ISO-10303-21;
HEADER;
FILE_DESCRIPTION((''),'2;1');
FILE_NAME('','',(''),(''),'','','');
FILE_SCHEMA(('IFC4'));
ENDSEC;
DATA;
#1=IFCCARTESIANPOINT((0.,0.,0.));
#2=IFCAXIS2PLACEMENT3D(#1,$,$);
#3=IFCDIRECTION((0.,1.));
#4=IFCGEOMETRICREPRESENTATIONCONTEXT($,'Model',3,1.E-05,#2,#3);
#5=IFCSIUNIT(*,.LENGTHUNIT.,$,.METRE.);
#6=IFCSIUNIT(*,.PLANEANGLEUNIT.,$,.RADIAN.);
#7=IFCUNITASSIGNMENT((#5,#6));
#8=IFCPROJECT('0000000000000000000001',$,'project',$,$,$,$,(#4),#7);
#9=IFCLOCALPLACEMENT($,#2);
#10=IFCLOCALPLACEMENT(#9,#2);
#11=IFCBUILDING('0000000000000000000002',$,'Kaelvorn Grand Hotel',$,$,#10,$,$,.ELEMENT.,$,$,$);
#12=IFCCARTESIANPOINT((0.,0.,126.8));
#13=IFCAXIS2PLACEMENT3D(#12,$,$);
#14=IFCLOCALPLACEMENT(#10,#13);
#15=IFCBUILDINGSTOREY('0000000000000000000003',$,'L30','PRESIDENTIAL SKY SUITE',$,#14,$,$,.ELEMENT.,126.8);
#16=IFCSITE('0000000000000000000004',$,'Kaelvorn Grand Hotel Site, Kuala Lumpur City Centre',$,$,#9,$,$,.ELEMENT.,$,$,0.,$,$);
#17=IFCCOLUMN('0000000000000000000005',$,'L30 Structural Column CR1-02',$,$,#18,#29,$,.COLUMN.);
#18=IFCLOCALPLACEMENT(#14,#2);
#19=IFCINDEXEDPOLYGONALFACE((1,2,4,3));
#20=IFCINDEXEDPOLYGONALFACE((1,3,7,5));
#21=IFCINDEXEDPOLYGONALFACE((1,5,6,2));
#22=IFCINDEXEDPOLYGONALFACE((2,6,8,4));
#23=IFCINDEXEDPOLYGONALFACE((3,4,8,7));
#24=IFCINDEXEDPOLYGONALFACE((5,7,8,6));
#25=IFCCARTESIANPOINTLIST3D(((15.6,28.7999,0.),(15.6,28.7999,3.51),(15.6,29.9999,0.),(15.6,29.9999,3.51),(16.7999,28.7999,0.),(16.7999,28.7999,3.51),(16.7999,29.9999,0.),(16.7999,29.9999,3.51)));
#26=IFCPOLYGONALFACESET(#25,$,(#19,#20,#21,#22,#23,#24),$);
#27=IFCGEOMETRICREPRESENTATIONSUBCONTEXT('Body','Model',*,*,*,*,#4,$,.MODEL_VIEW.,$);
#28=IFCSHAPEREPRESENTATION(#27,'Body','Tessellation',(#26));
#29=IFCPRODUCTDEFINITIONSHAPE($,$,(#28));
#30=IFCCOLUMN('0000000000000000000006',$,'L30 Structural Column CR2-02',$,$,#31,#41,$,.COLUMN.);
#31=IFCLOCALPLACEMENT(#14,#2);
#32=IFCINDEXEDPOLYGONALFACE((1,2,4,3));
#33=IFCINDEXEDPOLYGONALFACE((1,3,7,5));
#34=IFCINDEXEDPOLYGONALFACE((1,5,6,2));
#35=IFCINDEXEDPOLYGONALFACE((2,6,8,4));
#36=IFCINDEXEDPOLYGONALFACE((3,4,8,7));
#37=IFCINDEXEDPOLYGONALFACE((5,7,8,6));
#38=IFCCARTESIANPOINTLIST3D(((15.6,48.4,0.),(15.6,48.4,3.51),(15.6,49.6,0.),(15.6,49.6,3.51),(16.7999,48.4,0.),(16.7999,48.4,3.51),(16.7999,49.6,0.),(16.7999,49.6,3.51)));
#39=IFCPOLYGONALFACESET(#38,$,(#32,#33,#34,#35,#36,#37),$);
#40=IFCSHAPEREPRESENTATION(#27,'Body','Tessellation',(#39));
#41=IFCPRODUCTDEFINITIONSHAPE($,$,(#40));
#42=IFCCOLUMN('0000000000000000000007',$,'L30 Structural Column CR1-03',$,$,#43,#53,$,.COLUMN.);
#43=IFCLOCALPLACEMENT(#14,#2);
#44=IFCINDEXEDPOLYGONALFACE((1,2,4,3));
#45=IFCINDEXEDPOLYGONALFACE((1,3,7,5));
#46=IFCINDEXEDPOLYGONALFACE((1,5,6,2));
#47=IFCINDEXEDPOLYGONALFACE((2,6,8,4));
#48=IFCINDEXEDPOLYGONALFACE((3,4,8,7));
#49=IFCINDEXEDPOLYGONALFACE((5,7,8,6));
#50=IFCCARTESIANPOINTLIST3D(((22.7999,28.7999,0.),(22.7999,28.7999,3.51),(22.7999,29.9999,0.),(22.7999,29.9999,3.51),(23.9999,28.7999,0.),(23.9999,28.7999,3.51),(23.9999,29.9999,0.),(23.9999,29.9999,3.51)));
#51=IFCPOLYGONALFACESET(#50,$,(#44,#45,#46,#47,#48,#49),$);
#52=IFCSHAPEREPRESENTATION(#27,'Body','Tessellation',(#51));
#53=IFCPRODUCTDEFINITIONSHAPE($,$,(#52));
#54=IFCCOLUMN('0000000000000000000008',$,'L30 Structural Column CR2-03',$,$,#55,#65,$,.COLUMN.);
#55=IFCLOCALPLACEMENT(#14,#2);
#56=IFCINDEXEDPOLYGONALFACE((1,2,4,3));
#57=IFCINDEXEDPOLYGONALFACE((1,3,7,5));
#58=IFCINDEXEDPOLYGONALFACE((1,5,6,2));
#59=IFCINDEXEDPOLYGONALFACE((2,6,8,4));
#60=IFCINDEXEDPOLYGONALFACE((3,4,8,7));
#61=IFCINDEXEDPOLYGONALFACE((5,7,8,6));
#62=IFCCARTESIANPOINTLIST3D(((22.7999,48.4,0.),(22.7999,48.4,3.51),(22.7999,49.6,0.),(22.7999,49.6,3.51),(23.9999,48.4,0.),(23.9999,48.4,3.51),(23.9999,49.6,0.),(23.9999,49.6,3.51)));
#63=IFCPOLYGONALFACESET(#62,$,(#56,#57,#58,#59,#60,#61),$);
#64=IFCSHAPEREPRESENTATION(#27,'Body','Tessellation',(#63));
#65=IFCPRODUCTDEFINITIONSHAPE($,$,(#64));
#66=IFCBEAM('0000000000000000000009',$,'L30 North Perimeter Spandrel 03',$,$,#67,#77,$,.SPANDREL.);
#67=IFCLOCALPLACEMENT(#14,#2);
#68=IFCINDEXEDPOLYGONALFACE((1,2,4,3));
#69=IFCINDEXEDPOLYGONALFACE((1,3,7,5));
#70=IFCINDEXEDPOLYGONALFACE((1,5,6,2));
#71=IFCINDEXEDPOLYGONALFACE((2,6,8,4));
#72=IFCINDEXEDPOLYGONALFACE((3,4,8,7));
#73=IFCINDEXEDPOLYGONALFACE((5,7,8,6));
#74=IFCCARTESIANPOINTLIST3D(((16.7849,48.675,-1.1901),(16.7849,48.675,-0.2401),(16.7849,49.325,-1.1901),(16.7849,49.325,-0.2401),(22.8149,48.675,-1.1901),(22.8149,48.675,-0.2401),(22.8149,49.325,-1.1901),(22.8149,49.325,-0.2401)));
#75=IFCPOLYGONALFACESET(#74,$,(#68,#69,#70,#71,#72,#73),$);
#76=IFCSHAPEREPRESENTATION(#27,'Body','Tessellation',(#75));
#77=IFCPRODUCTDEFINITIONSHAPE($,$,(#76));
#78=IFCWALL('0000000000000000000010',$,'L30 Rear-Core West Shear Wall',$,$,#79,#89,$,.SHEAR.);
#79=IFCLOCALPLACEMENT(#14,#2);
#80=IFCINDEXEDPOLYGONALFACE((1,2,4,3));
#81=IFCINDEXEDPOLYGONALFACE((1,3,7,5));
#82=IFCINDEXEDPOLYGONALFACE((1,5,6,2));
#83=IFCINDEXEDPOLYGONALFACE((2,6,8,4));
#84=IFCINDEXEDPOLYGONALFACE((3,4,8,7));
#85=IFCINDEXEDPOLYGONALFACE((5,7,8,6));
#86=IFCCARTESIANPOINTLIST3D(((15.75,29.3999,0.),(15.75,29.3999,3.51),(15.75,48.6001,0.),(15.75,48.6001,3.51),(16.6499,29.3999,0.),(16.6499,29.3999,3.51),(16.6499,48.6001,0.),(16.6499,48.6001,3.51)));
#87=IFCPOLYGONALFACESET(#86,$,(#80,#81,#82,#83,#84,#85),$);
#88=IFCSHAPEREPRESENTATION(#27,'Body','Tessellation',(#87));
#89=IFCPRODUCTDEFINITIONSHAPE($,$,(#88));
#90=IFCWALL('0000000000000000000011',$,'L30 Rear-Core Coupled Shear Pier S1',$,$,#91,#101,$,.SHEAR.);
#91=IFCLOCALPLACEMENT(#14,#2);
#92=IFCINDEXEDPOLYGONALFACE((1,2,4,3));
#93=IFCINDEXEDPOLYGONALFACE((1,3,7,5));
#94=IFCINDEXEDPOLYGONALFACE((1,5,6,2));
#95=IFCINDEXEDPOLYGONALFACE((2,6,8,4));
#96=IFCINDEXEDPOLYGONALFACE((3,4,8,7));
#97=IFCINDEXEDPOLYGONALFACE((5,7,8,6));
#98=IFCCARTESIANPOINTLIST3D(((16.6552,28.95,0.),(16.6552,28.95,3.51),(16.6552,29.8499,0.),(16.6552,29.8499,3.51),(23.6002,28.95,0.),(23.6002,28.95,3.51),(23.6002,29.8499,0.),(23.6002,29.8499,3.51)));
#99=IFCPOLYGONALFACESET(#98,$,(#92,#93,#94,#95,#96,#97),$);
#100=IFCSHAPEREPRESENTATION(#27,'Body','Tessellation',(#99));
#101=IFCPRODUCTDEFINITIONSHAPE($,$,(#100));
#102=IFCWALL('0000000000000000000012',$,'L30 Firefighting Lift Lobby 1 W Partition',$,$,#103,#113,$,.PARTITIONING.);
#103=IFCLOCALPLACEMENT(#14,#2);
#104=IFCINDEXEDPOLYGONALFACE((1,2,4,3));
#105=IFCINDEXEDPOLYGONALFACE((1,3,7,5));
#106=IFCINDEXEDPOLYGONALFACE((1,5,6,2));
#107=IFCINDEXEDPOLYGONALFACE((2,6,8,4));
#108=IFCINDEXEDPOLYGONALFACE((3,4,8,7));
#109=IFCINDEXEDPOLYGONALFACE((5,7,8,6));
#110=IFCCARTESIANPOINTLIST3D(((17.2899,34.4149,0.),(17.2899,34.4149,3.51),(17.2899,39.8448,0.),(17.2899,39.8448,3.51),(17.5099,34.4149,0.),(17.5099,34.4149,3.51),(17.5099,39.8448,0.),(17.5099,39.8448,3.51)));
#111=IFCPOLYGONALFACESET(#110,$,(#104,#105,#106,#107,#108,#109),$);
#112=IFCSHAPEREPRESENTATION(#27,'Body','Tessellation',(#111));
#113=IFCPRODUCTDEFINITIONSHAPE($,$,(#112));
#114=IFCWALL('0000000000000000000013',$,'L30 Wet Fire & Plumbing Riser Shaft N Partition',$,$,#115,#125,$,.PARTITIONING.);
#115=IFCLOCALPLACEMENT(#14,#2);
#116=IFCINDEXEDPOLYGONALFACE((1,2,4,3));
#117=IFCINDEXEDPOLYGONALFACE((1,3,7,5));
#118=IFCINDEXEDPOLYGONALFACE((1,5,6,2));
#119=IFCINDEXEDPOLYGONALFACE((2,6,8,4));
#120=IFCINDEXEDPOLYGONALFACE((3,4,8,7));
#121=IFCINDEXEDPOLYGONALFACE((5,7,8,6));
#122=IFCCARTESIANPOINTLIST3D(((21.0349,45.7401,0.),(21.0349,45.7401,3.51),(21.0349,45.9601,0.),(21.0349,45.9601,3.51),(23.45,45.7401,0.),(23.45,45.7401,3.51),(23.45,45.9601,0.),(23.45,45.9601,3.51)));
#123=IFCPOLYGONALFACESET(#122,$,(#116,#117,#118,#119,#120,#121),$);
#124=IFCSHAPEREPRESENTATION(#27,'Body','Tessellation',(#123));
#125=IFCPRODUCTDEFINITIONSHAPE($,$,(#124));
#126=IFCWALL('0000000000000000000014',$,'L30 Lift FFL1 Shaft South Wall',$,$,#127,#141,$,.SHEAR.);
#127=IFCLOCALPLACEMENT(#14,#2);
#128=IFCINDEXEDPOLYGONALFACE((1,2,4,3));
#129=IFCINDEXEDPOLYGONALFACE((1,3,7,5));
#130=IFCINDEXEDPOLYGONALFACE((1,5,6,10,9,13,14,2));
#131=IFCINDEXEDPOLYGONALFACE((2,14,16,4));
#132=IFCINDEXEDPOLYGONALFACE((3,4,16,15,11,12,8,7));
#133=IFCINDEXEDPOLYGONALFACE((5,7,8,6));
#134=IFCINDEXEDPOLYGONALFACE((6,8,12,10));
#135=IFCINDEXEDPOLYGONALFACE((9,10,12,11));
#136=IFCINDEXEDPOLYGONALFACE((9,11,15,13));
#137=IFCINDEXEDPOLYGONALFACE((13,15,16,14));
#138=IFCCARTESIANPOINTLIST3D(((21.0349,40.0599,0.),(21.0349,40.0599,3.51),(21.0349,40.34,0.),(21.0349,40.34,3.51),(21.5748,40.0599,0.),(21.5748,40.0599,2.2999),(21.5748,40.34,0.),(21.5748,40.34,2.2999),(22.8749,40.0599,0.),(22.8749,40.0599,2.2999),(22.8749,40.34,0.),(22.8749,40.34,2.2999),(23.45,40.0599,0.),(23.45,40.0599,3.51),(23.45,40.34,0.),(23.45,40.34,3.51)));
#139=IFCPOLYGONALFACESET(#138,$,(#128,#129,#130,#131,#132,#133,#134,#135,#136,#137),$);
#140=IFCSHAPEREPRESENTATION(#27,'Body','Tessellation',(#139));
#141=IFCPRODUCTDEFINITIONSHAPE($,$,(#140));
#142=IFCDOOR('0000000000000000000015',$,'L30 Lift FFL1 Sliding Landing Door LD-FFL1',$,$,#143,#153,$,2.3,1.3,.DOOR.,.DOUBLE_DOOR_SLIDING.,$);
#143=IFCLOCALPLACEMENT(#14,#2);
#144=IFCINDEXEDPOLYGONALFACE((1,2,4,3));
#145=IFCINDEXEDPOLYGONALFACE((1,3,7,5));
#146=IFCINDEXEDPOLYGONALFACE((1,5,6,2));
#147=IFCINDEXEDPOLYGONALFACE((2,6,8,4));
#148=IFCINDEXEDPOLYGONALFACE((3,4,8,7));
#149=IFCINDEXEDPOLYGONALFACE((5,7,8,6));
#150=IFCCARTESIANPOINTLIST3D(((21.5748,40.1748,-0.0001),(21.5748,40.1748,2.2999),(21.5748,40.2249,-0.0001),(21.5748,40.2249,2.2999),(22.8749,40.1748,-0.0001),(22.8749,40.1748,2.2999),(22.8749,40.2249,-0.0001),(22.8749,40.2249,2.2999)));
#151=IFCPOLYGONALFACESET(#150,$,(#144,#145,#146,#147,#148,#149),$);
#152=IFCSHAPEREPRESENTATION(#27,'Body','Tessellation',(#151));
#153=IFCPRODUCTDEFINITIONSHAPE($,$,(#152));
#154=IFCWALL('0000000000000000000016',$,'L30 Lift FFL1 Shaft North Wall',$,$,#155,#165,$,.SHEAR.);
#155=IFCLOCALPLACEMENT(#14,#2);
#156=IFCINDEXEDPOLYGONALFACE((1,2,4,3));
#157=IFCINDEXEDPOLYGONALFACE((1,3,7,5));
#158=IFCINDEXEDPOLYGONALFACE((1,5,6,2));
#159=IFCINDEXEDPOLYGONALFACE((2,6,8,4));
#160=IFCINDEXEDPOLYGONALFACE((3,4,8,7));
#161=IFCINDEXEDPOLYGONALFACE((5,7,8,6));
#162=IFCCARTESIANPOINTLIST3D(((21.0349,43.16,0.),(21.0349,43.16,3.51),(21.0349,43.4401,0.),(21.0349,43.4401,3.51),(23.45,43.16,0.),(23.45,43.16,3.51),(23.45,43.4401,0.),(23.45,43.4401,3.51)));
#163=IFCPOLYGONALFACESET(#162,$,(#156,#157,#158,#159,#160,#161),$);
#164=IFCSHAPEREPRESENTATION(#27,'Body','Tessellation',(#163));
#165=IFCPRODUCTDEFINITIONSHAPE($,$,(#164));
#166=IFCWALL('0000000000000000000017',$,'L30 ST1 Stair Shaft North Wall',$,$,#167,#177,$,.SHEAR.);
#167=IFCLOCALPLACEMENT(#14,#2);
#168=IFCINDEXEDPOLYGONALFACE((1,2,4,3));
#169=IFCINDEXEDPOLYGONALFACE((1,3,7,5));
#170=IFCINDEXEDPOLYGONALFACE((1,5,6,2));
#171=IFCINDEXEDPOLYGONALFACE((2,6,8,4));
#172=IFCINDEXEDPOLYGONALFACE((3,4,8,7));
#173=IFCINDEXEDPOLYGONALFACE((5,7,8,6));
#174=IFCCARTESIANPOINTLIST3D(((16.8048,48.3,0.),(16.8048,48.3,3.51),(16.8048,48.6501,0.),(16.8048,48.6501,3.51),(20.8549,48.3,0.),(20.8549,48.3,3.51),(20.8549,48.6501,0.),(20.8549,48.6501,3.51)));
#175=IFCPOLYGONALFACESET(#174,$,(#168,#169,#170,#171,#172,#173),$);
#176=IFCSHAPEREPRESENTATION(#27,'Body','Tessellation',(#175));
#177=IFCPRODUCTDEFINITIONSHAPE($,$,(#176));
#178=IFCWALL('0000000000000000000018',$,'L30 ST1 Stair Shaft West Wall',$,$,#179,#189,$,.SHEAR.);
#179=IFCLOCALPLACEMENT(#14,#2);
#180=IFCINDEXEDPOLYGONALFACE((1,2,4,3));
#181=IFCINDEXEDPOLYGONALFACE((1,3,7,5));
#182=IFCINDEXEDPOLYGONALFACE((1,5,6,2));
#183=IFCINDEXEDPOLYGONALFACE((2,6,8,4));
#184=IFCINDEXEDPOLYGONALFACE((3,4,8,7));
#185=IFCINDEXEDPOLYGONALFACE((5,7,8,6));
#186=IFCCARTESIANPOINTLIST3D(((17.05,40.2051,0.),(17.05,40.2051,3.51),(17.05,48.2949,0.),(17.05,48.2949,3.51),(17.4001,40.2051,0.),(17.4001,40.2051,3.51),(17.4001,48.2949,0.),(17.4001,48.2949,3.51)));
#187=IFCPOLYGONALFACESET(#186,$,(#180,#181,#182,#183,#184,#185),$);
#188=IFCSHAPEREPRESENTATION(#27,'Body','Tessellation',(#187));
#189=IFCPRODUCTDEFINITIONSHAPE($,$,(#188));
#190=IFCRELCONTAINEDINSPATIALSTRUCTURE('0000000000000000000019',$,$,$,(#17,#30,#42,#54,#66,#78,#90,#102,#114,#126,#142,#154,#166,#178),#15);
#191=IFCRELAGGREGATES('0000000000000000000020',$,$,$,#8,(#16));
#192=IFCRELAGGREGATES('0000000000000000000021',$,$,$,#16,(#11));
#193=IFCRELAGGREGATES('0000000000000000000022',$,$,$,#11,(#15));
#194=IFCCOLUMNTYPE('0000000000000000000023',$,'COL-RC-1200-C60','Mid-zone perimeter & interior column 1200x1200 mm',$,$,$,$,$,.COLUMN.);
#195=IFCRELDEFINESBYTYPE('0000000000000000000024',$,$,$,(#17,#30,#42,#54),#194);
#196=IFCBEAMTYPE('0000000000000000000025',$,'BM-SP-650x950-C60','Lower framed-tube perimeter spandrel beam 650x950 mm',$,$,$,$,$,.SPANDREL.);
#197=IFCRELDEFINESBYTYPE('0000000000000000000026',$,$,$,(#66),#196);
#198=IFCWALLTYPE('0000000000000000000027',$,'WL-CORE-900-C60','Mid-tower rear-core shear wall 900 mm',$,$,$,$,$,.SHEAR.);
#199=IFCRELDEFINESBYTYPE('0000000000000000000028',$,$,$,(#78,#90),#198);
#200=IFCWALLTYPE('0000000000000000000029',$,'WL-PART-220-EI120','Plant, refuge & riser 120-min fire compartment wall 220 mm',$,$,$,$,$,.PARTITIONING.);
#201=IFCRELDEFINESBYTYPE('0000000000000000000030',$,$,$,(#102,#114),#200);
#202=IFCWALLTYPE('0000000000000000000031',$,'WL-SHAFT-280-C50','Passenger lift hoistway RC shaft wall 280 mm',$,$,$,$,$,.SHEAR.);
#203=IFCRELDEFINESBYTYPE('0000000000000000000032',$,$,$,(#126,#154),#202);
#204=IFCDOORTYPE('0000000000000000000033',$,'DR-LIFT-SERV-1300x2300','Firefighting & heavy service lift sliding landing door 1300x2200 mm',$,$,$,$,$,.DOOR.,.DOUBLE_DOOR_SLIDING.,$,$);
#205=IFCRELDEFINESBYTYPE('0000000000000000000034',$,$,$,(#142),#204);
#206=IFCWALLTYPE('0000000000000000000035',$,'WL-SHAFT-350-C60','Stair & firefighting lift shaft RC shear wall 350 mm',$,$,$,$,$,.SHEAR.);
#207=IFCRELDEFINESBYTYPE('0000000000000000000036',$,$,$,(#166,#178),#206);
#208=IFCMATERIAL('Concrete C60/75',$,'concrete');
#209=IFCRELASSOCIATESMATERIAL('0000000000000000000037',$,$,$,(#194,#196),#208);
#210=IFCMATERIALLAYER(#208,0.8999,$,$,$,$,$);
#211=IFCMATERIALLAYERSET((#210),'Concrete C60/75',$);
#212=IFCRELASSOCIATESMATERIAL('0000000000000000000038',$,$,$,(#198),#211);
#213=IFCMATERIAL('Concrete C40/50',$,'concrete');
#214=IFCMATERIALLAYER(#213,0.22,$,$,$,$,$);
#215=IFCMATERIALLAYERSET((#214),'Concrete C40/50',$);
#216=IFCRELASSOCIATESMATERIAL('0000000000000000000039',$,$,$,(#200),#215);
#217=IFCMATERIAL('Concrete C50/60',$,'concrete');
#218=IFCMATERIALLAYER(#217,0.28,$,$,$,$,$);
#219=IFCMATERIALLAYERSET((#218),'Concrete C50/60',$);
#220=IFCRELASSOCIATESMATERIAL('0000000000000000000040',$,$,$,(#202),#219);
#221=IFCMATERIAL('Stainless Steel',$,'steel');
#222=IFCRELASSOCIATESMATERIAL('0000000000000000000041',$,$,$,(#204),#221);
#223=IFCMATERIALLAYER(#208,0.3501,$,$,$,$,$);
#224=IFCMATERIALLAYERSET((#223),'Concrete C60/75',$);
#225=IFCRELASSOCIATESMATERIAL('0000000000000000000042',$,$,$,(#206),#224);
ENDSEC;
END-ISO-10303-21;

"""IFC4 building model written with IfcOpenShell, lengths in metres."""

from ifc_helpers import new_model, si_unit, direction, frame, frame_2d, origin, origin_2d, place, context, subcontext, project, spatial, rectangle, extrude, material, layer, layer_set, material_profile, profile_set, type_object, element, fill, save


model = new_model("IFC4")

# Units and contexts
model_context = context("Model", 3, precision=1e-05, world=origin(), true_north=direction((0.0, 1.0)))
body_context = subcontext(model_context, "Body", "Model", "MODEL_VIEW")
ifc_project = project(units=[si_unit("LENGTHUNIT", "METRE"), si_unit("PLANEANGLEUNIT", "RADIAN")], contexts=[model_context])

# Site, building, storey
site_placement = place(None, origin())
site = spatial("IfcSite", under=ifc_project, at=site_placement, Name="Kaelvorn Grand Hotel Site, Kuala Lumpur City Centre", CompositionType="ELEMENT", RefElevation=0.0)
building_placement = place(site_placement, origin())
building = spatial("IfcBuilding", under=site, at=building_placement, Name="Kaelvorn Grand Hotel", CompositionType="ELEMENT")
storey_placement = place(building_placement, frame((0.0, 0.0, 126.8)))
storey = spatial("IfcBuildingStorey", under=building, at=storey_placement, Name="L30", Description="PRESIDENTIAL SKY SUITE", CompositionType="ELEMENT", Elevation=126.8)

# Columns
ifc_material_1 = material(Name="Concrete C60/75", Category="concrete")
ifc_material_profile_1 = material_profile(ifc_material_1, rectangle(XDim=1.2, YDim=1.2, at=origin_2d()), Name="RC COL 1200x1200")
ifc_profile_set_1 = profile_set([ifc_material_profile_1], Name="Concrete C60/75")
column_type = type_object("IfcColumnType", Name="COL-RC-1200-C60", Description="Mid-zone perimeter & interior column 1200x1200 mm", PredefinedType="COLUMN", material=ifc_profile_set_1)
for number, where, z_axis, x_axis, name in (
    (1, (16.2, 29.3999, 0.0), (0.0, 0.0, 1.0), (1.0, 0.0, 0.0), "L30 Structural Column CR1-02"),
    (2, (16.2, 49.0, 0.0), (0.0, 0.0, 1.0), (1.0, 0.0, 0.0), "L30 Structural Column CR2-02"),
    (3, (23.3999, 29.3999, 0.0), (0.0, 0.0, 1.0), (1.0, 0.0, 0.0), "L30 Structural Column CR1-03"),
    (4, (23.3999, 49.0, 0.0), (0.0, 0.0, 1.0), (1.0, 0.0, 0.0), "L30 Structural Column CR2-03"),
):
    element("IfcColumn", number, at=place(storey_placement, frame(where, z_axis=z_axis, x_axis=x_axis)), inside=storey, type_object=column_type, Name=name, PredefinedType="COLUMN", context=body_context, shape_type="SweptSolid", body=[
        extrude(rectangle(XDim=1.2, YDim=1.2, at=origin_2d()), origin(), (0.0, 0.0, 1.0), 3.51),
    ])

# Beam
ifc_material_profile_2 = material_profile(ifc_material_1, rectangle(XDim=0.6499, YDim=0.95, at=origin_2d()), Name="RC SPANDREL 650x950")
ifc_profile_set_2 = profile_set([ifc_material_profile_2], Name="Concrete C60/75")
beam_type = type_object("IfcBeamType", Name="BM-SP-650x950-C60", Description="Lower framed-tube perimeter spandrel beam 650x950 mm", PredefinedType="SPANDREL", material=ifc_profile_set_2)
beam_placement = place(storey_placement, frame((16.7849, 49.0, -0.7151), z_axis=(1.0, 0.0, 0.0), x_axis=(0.0, 1.0, 0.0)))
element("IfcBeam", 5, at=beam_placement, inside=storey, type_object=beam_type, Name="L30 North Perimeter Spandrel 03", PredefinedType="SPANDREL", context=body_context, shape_type="SweptSolid", body=[
    extrude(rectangle(XDim=0.6499, YDim=0.95, at=origin_2d()), origin(), (0.0, 0.0, 1.0), 6.03),
])

# Walls
ifc_layer_1 = layer(ifc_material_1, 0.8999)
ifc_layer_set_1 = layer_set([ifc_layer_1], Name="Concrete C60/75")
wall_type_1 = type_object("IfcWallType", Name="WL-CORE-900-C60", Description="Mid-tower rear-core shear wall 900 mm", PredefinedType="SHEAR", material=ifc_layer_set_1)
wall_1_placement = place(storey_placement, frame((16.2, 29.3999, 0.0), z_axis=(0.0, 0.0, 1.0), x_axis=(0.0, 1.0, 0.0)))
element("IfcWall", 6, at=wall_1_placement, inside=storey, type_object=wall_type_1, Name="L30 Rear-Core West Shear Wall", PredefinedType="SHEAR", context=body_context, shape_type="SweptSolid", body=[
    extrude(rectangle(XDim=19.2002, YDim=0.8999, at=frame_2d((9.6001, 0.0))), origin(), (0.0, 0.0, 1.0), 3.51),
])
wall_2_placement = place(storey_placement, frame((16.655, 29.3999, 0.0), z_axis=(0.0, 0.0, 1.0), x_axis=(1.0, 0.0, 0.0)))
element("IfcWall", 7, at=wall_2_placement, inside=storey, type_object=wall_type_1, Name="L30 Rear-Core Coupled Shear Pier S1", PredefinedType="SHEAR", context=body_context, shape_type="SweptSolid", body=[
    extrude(rectangle(XDim=6.9451, YDim=0.8999, at=frame_2d((3.4727, 0.0))), origin(), (0.0, 0.0, 1.0), 3.51),
])

# Shared definitions
ifc_material_2 = material(Name="Concrete C40/50", Category="concrete")
ifc_layer_2 = layer(ifc_material_2, 0.22)
ifc_layer_set_2 = layer_set([ifc_layer_2], Name="Concrete C40/50")
wall_type_2 = type_object("IfcWallType", Name="WL-PART-220-EI120", Description="Plant, refuge & riser 120-min fire compartment wall 220 mm", PredefinedType="PARTITIONING", material=ifc_layer_set_2)

# Walls
wall_3_placement = place(storey_placement, frame((17.3999, 34.415, 0.0), z_axis=(0.0, 0.0, 1.0), x_axis=(0.0, 1.0, 0.0)))
element("IfcWall", 8, at=wall_3_placement, inside=storey, type_object=wall_type_2, Name="L30 Firefighting Lift Lobby 1 W Partition", PredefinedType="PARTITIONING", context=body_context, shape_type="SweptSolid", body=[
    extrude(rectangle(XDim=5.4299, YDim=0.22, at=frame_2d((2.7148, 0.0))), origin(), (0.0, 0.0, 1.0), 3.51),
])
wall_4_placement = place(storey_placement, frame((21.0349, 45.8501, 0.0), z_axis=(0.0, 0.0, 1.0), x_axis=(1.0, 0.0, 0.0)))
element("IfcWall", 9, at=wall_4_placement, inside=storey, type_object=wall_type_2, Name="L30 Wet Fire & Plumbing Riser Shaft N Partition", PredefinedType="PARTITIONING", context=body_context, shape_type="SweptSolid", body=[
    extrude(rectangle(XDim=2.415, YDim=0.22, at=frame_2d((1.2075, 0.0))), origin(), (0.0, 0.0, 1.0), 3.51),
])

# Wall, opening, door
ifc_material_3 = material(Name="Concrete C50/60", Category="concrete")
ifc_layer_3 = layer(ifc_material_3, 0.28)
ifc_layer_set_3 = layer_set([ifc_layer_3], Name="Concrete C50/60")
wall_type_3 = type_object("IfcWallType", Name="WL-SHAFT-280-C50", Description="Passenger lift hoistway RC shaft wall 280 mm", PredefinedType="SHEAR", material=ifc_layer_set_3)
wall_5_placement = place(storey_placement, frame((21.0349, 40.2, 0.0), z_axis=(0.0, 0.0, 1.0), x_axis=(1.0, 0.0, 0.0)))
wall_5 = element("IfcWall", 10, at=wall_5_placement, inside=storey, type_object=wall_type_3, Name="L30 Lift FFL1 Shaft South Wall", PredefinedType="SHEAR", context=body_context, shape_type="SweptSolid", body=[
    extrude(rectangle(XDim=2.415, YDim=0.28, at=frame_2d((1.2075, 0.0))), origin(), (0.0, 0.0, 1.0), 3.51),
])
opening_1_placement = place(wall_5_placement, frame((0.54, 0.0, 0.0)))
opening_1 = element("IfcOpeningElement", 11, at=opening_1_placement, cuts=wall_5, PredefinedType="OPENING", context=body_context, shape_type="SweptSolid", body=[
    extrude(rectangle(XDim=1.3, YDim=2.3, at=frame_2d((0.6499, 1.1499))), frame((0.0, 0.1499, 0.0), z_axis=(0.0, -1.0, 0.0), x_axis=(1.0, 0.0, 0.0)), (0.0, 0.0, 1.0), 0.3),
])
ifc_material_4 = material(Name="Stainless Steel", Category="steel")
door_type_1 = type_object("IfcDoorType", Name="DR-LIFT-SERV-1300x2300", Description="Firefighting & heavy service lift sliding landing door 1300x2200 mm", OperationType="DOUBLE_DOOR_SLIDING", PredefinedType="DOOR", material=ifc_material_4)
door_1_placement = place(opening_1_placement, origin())
door_1 = element("IfcDoor", 12, at=door_1_placement, inside=storey, type_object=door_type_1, Name="L30 Lift FFL1 Sliding Landing Door LD-FFL1", OperationType="DOUBLE_DOOR_SLIDING", OverallHeight=2.3, OverallWidth=1.3, PredefinedType="DOOR", context=body_context, shape_type="SweptSolid", body=[
    extrude(rectangle(XDim=1.3, YDim=2.3, at=frame_2d((0.6499, 1.1499))), frame((0.0, 0.0249, 0.0), z_axis=(0.0, -1.0, 0.0), x_axis=(1.0, 0.0, 0.0)), (0.0, 0.0, 1.0), 0.05),
])
fill(opening_1, door_1)

# Wall
wall_6_placement = place(storey_placement, frame((21.0349, 43.3, 0.0), z_axis=(0.0, 0.0, 1.0), x_axis=(1.0, 0.0, 0.0)))
element("IfcWall", 13, at=wall_6_placement, inside=storey, type_object=wall_type_3, Name="L30 Lift FFL1 Shaft North Wall", PredefinedType="SHEAR", context=body_context, shape_type="SweptSolid", body=[
    extrude(rectangle(XDim=2.415, YDim=0.28, at=frame_2d((1.2075, 0.0))), origin(), (0.0, 0.0, 1.0), 3.51),
])

# Shared definitions
ifc_layer_4 = layer(ifc_material_1, 0.3501)
ifc_layer_set_4 = layer_set([ifc_layer_4], Name="Concrete C60/75")
wall_type_4 = type_object("IfcWallType", Name="WL-SHAFT-350-C60", Description="Stair & firefighting lift shaft RC shear wall 350 mm", PredefinedType="SHEAR", material=ifc_layer_set_4)

# Walls
wall_7_placement = place(storey_placement, frame((16.8049, 48.4751, 0.0), z_axis=(0.0, 0.0, 1.0), x_axis=(1.0, 0.0, 0.0)))
element("IfcWall", 14, at=wall_7_placement, inside=storey, type_object=wall_type_4, Name="L30 ST1 Stair Shaft North Wall", PredefinedType="SHEAR", context=body_context, shape_type="SweptSolid", body=[
    extrude(rectangle(XDim=4.05, YDim=0.3501, at=frame_2d((2.0249, 0.0))), origin(), (0.0, 0.0, 1.0), 3.51),
])
for number, where, z_axis, x_axis, name in (
    (15, (17.2251, 40.2051, 0.0), (0.0, 0.0, 1.0), (0.0, 1.0, 0.0), "L30 ST1 Stair Shaft West Wall"),
):
    element("IfcWall", number, at=place(storey_placement, frame(where, z_axis=z_axis, x_axis=x_axis)), inside=storey, type_object=wall_type_4, Name=name, PredefinedType="SHEAR", context=body_context, shape_type="SweptSolid", body=[
        extrude(rectangle(XDim=8.0898, YDim=0.3501, at=frame_2d((4.0449, 0.0))), origin(), (0.0, 0.0, 1.0), 3.51),
    ])

save(model, "model.ifc")
